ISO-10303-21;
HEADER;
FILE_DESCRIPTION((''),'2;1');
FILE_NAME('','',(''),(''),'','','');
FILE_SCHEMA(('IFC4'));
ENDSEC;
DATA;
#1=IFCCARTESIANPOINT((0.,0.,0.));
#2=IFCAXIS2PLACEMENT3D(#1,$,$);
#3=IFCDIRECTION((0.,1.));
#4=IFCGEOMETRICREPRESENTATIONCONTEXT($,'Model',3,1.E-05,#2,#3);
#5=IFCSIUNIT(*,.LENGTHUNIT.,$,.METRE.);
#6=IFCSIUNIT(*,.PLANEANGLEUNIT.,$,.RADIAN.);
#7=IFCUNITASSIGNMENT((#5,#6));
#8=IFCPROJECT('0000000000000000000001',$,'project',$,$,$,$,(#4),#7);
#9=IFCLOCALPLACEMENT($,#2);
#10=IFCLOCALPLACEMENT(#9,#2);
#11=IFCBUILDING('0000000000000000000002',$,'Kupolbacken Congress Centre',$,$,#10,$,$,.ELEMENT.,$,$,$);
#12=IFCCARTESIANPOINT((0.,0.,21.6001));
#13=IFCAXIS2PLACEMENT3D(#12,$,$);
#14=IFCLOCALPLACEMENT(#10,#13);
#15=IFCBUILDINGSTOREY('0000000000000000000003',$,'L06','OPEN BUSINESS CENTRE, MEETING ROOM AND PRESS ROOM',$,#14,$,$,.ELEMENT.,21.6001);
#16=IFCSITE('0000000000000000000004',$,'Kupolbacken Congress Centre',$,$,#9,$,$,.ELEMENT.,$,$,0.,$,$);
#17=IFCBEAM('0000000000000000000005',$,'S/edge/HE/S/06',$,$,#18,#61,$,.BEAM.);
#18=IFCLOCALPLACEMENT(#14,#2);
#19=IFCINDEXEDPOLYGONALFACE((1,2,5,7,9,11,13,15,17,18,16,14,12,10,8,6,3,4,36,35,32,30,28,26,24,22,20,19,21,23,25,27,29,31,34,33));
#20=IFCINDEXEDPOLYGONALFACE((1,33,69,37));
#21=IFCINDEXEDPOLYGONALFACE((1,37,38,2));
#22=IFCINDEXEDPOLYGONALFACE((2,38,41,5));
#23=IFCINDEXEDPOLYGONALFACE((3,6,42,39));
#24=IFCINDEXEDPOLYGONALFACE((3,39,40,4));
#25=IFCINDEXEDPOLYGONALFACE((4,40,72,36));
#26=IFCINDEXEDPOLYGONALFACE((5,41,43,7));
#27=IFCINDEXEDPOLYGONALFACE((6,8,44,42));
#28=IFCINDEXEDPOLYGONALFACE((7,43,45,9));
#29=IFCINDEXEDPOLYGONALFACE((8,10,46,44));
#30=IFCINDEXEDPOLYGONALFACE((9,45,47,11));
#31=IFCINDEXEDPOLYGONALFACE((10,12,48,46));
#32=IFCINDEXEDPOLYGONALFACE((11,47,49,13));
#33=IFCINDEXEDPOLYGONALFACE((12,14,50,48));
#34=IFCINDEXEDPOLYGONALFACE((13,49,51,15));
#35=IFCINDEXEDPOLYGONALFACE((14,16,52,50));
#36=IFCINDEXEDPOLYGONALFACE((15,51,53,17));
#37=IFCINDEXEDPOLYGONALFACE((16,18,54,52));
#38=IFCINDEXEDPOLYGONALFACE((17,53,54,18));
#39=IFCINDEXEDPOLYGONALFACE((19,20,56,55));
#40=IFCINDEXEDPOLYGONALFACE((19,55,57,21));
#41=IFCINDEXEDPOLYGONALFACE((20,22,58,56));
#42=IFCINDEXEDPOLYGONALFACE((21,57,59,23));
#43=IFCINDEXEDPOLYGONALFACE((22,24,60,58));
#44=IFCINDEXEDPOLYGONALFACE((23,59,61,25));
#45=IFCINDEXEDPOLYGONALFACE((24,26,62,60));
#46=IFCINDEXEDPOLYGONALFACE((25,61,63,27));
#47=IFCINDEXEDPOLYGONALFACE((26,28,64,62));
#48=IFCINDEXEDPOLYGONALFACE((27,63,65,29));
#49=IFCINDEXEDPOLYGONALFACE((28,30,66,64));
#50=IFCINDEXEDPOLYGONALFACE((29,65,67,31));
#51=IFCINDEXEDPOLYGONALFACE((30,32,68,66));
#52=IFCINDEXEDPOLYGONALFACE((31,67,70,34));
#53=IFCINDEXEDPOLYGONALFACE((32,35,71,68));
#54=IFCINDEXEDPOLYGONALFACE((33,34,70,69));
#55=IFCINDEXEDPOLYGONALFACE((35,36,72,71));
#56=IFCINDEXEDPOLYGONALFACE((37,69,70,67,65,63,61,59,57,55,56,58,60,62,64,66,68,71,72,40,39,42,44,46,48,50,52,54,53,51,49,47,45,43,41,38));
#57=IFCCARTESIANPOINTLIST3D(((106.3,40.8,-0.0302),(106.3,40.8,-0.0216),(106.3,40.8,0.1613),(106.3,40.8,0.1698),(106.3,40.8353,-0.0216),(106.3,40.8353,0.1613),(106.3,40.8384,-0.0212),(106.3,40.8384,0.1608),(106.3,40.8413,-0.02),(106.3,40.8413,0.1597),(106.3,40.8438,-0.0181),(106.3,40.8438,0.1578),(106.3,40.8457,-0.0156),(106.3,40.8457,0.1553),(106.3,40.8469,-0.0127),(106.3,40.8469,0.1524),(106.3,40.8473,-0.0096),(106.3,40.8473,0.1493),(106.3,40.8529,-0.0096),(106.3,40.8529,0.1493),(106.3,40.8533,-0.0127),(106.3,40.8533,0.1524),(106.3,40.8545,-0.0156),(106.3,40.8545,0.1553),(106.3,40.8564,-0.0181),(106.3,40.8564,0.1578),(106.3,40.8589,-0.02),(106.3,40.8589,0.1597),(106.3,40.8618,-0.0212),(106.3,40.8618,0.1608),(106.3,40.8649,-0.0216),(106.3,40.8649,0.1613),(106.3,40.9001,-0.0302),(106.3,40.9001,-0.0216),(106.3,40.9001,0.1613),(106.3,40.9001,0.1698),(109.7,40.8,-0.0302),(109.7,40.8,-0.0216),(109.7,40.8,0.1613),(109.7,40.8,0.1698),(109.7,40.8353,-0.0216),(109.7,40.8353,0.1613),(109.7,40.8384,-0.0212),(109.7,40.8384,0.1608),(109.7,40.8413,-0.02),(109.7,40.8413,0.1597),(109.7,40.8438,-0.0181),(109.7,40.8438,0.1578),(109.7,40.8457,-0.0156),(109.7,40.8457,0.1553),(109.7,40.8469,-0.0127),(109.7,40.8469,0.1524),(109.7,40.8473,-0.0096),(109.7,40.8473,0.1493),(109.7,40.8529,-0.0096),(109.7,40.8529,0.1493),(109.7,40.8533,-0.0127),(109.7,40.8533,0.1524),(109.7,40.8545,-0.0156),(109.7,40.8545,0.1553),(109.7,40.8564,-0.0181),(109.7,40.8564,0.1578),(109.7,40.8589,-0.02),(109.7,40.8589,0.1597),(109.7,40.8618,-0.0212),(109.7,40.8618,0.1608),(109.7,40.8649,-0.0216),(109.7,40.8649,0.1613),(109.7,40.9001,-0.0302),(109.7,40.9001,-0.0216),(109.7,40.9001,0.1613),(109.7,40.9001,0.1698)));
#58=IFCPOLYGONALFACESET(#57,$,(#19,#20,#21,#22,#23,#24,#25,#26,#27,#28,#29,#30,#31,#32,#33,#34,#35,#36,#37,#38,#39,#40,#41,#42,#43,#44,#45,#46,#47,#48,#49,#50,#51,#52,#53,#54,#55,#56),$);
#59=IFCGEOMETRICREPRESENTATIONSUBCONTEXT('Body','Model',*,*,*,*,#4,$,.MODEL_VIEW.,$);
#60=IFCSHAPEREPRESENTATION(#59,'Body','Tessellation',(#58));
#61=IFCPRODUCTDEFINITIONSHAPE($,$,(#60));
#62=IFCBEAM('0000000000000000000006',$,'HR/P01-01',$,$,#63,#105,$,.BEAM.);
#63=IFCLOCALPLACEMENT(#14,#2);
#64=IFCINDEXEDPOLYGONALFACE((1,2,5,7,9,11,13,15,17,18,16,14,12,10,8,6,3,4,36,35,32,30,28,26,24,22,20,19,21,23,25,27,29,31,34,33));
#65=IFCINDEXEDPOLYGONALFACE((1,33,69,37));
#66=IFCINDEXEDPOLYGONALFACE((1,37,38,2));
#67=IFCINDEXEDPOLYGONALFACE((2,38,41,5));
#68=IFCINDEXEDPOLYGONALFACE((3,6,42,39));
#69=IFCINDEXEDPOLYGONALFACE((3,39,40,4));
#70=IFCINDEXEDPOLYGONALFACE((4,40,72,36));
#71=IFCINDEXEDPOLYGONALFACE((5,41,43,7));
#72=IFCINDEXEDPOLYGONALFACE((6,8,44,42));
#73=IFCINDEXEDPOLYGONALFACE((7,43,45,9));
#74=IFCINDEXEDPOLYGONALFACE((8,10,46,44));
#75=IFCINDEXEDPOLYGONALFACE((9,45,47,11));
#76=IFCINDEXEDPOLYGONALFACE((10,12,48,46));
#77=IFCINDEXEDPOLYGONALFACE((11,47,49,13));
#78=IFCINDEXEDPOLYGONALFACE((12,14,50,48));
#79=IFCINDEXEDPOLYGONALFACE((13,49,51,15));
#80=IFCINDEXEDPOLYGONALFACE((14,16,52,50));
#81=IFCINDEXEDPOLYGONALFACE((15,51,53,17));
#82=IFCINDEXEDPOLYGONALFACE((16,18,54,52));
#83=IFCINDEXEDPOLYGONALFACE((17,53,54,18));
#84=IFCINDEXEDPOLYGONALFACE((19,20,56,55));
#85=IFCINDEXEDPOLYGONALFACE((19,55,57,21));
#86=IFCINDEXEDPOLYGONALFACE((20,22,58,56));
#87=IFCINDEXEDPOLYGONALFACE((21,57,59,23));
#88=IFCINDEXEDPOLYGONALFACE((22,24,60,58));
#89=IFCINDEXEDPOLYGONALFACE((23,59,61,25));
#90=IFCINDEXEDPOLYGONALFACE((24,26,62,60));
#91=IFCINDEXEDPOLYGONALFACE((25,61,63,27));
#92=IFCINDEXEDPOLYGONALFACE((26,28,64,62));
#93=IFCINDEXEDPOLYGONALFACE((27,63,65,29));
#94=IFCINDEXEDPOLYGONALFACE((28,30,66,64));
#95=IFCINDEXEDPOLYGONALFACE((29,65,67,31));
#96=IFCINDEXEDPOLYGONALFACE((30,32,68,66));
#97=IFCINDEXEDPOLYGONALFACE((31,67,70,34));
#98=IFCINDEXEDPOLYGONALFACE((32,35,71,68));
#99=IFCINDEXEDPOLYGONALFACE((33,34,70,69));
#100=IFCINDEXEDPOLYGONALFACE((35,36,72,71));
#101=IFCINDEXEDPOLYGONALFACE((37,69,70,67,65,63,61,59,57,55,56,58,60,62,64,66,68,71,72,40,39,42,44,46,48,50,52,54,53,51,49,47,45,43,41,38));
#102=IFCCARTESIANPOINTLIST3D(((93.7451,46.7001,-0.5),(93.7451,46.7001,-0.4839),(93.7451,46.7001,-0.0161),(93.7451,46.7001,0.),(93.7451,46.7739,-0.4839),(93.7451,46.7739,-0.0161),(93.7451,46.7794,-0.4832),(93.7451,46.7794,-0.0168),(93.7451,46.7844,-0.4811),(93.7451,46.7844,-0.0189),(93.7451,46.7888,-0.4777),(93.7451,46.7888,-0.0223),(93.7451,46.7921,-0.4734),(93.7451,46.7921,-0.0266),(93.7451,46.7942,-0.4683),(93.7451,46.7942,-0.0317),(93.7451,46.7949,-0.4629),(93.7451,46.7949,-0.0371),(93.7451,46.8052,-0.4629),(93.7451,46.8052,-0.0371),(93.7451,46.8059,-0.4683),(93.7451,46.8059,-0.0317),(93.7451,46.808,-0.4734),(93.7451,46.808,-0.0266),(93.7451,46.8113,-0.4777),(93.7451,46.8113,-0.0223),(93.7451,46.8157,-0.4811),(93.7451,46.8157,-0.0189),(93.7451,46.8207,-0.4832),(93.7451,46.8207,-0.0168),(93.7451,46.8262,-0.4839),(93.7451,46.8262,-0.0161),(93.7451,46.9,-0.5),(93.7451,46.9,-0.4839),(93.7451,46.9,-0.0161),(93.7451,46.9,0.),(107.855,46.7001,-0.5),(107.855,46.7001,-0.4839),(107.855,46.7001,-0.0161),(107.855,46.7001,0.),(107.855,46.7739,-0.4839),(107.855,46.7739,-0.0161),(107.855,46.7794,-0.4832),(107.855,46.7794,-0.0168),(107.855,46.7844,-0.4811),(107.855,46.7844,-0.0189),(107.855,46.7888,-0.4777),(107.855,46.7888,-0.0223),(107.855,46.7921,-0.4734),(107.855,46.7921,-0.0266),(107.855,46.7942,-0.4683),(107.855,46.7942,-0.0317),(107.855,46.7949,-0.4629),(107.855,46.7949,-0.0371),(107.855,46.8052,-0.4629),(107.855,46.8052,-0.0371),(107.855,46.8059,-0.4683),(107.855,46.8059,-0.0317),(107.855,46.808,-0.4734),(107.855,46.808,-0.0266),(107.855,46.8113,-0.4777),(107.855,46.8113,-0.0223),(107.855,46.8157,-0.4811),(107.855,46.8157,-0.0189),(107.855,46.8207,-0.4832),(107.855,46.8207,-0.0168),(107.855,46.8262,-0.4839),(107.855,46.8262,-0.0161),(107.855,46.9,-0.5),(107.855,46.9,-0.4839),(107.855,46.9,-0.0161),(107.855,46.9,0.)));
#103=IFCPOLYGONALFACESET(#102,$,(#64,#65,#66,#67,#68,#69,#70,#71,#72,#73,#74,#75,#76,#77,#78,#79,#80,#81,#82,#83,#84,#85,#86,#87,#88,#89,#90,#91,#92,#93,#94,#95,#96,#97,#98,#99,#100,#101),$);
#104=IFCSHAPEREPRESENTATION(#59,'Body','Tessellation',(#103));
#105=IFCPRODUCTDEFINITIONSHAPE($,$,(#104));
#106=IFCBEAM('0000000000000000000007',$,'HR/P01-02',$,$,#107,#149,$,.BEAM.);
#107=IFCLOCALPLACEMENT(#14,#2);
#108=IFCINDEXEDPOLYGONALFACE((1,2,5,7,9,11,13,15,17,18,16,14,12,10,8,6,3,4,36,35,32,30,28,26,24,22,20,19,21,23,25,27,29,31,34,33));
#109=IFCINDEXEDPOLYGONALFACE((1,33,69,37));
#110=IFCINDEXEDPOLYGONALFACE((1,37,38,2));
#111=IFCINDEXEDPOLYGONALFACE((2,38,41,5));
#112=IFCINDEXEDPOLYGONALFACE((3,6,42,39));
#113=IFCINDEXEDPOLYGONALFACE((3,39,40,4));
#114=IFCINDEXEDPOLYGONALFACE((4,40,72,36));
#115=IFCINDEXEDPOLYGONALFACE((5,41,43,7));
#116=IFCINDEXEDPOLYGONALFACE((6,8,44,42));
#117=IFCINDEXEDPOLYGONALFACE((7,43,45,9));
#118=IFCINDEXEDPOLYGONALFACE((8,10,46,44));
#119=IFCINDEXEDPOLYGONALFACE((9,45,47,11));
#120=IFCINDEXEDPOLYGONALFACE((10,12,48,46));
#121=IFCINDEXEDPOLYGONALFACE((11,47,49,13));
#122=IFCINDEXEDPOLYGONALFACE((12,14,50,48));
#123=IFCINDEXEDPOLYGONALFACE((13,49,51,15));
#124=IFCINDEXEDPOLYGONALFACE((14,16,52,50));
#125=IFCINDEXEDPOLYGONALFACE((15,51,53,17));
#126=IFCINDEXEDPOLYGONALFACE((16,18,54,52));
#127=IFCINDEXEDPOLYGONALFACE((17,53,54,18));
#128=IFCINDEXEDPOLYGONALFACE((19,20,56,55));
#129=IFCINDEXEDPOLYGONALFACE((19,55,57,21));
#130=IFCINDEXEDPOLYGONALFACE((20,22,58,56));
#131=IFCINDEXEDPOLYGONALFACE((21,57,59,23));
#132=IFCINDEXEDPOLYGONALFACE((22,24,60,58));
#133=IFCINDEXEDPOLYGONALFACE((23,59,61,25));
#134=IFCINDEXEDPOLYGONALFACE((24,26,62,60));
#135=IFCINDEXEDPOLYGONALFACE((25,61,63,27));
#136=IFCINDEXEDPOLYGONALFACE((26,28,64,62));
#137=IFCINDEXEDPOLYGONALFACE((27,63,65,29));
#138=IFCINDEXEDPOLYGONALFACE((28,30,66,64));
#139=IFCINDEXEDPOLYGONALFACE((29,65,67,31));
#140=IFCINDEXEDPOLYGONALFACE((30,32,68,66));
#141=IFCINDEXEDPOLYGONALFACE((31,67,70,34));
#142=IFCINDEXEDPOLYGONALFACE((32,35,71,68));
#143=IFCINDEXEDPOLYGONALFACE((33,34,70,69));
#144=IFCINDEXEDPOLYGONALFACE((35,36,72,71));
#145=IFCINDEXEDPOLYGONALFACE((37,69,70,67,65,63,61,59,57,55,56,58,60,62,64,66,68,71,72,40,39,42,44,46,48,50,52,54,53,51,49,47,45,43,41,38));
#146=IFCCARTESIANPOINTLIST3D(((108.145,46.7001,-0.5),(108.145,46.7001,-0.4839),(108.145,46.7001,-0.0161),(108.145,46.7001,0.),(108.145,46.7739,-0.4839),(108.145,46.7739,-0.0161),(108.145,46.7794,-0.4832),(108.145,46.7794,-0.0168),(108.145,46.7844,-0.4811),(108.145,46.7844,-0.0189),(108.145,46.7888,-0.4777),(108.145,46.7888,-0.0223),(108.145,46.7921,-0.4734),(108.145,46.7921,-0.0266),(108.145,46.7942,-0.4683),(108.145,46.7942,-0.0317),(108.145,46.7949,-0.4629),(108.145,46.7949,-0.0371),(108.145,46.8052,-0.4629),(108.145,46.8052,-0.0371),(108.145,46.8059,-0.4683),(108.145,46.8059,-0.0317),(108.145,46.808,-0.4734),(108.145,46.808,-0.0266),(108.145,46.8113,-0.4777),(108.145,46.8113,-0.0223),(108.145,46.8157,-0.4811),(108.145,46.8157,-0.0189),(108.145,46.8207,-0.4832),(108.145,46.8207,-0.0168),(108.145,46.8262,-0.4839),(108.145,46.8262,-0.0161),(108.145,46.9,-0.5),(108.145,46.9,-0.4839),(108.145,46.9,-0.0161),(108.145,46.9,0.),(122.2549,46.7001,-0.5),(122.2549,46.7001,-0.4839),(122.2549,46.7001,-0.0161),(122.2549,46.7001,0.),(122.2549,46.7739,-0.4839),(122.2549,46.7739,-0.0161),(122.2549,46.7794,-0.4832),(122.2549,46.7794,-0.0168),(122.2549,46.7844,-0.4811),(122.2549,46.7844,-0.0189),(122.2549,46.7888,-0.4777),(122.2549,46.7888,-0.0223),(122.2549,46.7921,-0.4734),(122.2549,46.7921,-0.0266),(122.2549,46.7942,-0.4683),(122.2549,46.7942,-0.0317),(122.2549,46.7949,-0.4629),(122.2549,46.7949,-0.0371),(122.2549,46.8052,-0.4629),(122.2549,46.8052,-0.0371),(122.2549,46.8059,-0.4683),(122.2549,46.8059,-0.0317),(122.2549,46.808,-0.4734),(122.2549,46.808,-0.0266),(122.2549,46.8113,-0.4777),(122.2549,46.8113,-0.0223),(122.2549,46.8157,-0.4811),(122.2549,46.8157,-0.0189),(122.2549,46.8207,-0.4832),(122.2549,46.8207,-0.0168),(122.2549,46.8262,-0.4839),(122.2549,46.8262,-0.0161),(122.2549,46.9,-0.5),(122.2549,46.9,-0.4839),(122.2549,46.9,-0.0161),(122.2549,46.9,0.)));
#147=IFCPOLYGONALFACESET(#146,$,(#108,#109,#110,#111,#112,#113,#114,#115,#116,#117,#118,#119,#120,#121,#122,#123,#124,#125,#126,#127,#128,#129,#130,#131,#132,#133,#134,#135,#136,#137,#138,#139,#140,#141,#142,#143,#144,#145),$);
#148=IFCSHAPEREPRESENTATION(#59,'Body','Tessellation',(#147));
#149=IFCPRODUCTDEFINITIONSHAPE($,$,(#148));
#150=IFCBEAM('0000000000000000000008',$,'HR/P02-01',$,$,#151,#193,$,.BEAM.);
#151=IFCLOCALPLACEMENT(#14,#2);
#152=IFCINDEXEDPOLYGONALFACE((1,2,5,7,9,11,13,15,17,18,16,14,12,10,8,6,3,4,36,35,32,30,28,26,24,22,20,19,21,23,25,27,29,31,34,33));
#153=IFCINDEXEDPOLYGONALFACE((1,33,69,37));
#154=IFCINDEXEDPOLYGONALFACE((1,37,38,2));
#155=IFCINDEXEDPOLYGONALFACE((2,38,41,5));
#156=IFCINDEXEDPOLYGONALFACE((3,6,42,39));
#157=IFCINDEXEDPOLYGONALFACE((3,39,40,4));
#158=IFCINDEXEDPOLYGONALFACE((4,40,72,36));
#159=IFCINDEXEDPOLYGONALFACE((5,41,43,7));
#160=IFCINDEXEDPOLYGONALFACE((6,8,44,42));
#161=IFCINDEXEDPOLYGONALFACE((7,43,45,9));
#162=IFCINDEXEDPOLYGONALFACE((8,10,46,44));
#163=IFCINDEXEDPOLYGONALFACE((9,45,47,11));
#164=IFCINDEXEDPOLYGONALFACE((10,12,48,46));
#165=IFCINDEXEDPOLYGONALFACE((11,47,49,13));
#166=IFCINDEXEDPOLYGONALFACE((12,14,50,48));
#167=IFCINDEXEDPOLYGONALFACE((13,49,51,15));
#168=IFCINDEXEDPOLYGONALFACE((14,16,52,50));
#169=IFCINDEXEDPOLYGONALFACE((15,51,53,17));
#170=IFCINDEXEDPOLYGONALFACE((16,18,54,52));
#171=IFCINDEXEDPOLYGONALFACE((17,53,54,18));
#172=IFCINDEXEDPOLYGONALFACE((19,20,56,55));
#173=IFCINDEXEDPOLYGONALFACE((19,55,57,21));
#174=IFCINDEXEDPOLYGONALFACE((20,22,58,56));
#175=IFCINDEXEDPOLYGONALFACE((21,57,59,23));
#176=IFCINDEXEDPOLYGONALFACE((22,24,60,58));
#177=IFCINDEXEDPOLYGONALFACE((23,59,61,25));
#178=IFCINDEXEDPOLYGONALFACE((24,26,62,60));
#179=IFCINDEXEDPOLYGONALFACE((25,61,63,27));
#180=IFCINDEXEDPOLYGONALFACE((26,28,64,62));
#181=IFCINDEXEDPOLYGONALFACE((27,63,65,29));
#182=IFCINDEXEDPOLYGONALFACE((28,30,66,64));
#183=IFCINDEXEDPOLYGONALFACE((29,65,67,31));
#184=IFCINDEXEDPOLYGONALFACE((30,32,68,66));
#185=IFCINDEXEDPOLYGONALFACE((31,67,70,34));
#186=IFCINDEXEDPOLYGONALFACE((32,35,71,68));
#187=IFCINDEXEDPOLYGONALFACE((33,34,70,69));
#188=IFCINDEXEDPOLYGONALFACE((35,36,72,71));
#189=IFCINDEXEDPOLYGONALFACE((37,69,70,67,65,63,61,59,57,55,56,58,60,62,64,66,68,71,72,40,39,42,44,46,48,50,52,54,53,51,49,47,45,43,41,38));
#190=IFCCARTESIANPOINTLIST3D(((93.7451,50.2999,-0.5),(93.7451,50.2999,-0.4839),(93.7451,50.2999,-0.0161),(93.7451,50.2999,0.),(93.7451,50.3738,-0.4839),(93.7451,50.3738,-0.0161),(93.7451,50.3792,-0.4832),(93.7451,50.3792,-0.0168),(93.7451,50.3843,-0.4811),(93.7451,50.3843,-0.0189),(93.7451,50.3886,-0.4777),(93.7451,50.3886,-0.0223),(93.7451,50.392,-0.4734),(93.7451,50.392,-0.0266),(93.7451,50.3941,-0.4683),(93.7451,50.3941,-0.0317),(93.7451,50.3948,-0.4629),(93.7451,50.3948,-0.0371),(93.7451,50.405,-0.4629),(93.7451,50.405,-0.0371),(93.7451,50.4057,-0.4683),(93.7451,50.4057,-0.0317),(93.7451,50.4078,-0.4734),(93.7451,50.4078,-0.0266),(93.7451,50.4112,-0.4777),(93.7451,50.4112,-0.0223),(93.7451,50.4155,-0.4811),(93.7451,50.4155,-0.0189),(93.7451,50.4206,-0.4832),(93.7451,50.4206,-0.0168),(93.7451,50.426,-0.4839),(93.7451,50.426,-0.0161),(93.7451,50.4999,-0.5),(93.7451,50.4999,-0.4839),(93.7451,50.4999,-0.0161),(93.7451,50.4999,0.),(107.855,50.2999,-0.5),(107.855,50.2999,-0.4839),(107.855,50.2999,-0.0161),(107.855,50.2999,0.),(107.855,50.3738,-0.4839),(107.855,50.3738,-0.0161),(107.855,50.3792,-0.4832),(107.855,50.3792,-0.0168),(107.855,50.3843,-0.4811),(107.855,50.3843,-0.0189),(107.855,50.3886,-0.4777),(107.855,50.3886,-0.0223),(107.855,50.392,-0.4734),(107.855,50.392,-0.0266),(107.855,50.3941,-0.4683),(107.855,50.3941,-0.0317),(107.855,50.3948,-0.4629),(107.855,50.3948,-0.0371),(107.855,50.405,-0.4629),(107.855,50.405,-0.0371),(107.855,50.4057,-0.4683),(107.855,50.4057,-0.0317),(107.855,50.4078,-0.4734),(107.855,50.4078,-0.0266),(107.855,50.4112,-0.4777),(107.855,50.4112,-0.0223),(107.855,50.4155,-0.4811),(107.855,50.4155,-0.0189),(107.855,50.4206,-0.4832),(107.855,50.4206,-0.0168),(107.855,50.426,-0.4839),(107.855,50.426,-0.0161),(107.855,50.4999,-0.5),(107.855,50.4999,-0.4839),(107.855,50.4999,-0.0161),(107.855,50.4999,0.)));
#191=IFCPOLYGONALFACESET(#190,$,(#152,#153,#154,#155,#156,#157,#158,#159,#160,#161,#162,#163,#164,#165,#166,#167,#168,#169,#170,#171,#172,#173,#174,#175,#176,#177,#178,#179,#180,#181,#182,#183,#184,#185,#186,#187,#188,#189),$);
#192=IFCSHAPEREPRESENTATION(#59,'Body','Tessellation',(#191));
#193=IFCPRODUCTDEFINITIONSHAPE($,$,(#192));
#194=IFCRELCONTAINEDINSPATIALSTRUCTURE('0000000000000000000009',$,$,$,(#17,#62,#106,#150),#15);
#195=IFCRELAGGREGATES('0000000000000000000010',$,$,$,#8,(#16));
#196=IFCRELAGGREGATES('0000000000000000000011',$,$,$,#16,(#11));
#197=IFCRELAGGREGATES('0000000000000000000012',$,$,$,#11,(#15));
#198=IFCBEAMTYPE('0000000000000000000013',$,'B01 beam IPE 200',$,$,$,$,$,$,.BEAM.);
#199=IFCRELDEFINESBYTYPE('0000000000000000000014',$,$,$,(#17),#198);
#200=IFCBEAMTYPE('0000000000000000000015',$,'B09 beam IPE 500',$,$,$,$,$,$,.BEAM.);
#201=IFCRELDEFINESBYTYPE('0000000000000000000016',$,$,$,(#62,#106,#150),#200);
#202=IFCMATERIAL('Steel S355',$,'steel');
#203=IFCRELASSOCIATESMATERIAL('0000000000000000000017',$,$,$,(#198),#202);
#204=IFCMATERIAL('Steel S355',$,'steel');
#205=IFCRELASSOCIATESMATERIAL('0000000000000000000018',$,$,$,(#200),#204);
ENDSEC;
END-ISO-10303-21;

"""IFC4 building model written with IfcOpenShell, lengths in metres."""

from ifc_helpers import new_model, si_unit, direction, frame, origin, origin_2d, place, context, subcontext, project, spatial, i_section, extrude, material, material_profile, profile_set, type_object, element, save


model = new_model("IFC4")

# Units and contexts
model_context = context("Model", 3, precision=1e-05, world=origin(), true_north=direction((0.0, 1.0)))
body_context = subcontext(model_context, "Body", "Model", "MODEL_VIEW")
ifc_project = project(units=[si_unit("LENGTHUNIT", "METRE"), si_unit("PLANEANGLEUNIT", "RADIAN")], contexts=[model_context])

# Site, building, storey
site_placement = place(None, origin())
site = spatial("IfcSite", under=ifc_project, at=site_placement, Name="Kupolbacken Congress Centre", CompositionType="ELEMENT", RefElevation=0.0)
building_placement = place(site_placement, origin())
building = spatial("IfcBuilding", under=site, at=building_placement, Name="Kupolbacken Congress Centre", CompositionType="ELEMENT")
storey_placement = place(building_placement, frame((0.0, 0.0, 21.6001)))
storey = spatial("IfcBuildingStorey", under=building, at=storey_placement, Name="L06", Description="OPEN BUSINESS CENTRE, MEETING ROOM AND PRESS ROOM", CompositionType="ELEMENT", Elevation=21.6001)

# Beams
ifc_material_1 = material(Name="Steel S355", Category="steel")
ifc_material_profile_1 = material_profile(ifc_material_1, i_section(OverallWidth=0.1001, OverallDepth=0.2, WebThickness=0.0056, FlangeThickness=0.0085, FilletRadius=0.012, at=origin_2d()), Name="IPE 200")
ifc_profile_set_1 = profile_set([ifc_material_profile_1], Name="Steel S355")
beam_type_1 = type_object("IfcBeamType", Name="B01 beam IPE 200", PredefinedType="BEAM", material=ifc_profile_set_1)
beam_1_placement = place(storey_placement, frame((106.3, 40.8501, 0.0698), z_axis=(1.0, 0.0, 0.0), x_axis=(0.0, 1.0, 0.0)))
element("IfcBeam", 1, at=beam_1_placement, inside=storey, type_object=beam_type_1, Name="S/edge/HE/S/06", PredefinedType="BEAM", context=body_context, shape_type="SweptSolid", body=[
    extrude(i_section(OverallWidth=0.1001, OverallDepth=0.2, WebThickness=0.0056, FlangeThickness=0.0085, FilletRadius=0.012, at=origin_2d()), origin(), (0.0, 0.0, 1.0), 3.3999),
])
ifc_material_2 = material(Name="Steel S355", Category="steel")
ifc_material_profile_2 = material_profile(ifc_material_2, i_section(OverallWidth=0.2, OverallDepth=0.5, WebThickness=0.0103, FlangeThickness=0.0161, FilletRadius=0.021, at=origin_2d()), Name="IPE 500")
ifc_profile_set_2 = profile_set([ifc_material_profile_2], Name="Steel S355")
beam_type_2 = type_object("IfcBeamType", Name="B09 beam IPE 500", PredefinedType="BEAM", material=ifc_profile_set_2)
for number, where, z_axis, x_axis, name in (
    (2, (93.7451, 46.8, -0.25), (1.0, 0.0, 0.0), (0.0, 1.0, 0.0), "HR/P01-01"),
    (3, (108.145, 46.8, -0.25), (1.0, 0.0, 0.0), (0.0, 1.0, 0.0), "HR/P01-02"),
    (4, (93.7451, 50.3999, -0.25), (1.0, 0.0, 0.0), (0.0, 1.0, 0.0), "HR/P02-01"),
):
    element("IfcBeam", number, at=place(storey_placement, frame(where, z_axis=z_axis, x_axis=x_axis)), inside=storey, type_object=beam_type_2, Name=name, PredefinedType="BEAM", context=body_context, shape_type="SweptSolid", body=[
        extrude(i_section(OverallWidth=0.2, OverallDepth=0.5, WebThickness=0.0103, FlangeThickness=0.0161, FilletRadius=0.021, at=origin_2d()), origin(), (0.0, 0.0, 1.0), 14.1099),
    ])

save(model, "model.ifc")
